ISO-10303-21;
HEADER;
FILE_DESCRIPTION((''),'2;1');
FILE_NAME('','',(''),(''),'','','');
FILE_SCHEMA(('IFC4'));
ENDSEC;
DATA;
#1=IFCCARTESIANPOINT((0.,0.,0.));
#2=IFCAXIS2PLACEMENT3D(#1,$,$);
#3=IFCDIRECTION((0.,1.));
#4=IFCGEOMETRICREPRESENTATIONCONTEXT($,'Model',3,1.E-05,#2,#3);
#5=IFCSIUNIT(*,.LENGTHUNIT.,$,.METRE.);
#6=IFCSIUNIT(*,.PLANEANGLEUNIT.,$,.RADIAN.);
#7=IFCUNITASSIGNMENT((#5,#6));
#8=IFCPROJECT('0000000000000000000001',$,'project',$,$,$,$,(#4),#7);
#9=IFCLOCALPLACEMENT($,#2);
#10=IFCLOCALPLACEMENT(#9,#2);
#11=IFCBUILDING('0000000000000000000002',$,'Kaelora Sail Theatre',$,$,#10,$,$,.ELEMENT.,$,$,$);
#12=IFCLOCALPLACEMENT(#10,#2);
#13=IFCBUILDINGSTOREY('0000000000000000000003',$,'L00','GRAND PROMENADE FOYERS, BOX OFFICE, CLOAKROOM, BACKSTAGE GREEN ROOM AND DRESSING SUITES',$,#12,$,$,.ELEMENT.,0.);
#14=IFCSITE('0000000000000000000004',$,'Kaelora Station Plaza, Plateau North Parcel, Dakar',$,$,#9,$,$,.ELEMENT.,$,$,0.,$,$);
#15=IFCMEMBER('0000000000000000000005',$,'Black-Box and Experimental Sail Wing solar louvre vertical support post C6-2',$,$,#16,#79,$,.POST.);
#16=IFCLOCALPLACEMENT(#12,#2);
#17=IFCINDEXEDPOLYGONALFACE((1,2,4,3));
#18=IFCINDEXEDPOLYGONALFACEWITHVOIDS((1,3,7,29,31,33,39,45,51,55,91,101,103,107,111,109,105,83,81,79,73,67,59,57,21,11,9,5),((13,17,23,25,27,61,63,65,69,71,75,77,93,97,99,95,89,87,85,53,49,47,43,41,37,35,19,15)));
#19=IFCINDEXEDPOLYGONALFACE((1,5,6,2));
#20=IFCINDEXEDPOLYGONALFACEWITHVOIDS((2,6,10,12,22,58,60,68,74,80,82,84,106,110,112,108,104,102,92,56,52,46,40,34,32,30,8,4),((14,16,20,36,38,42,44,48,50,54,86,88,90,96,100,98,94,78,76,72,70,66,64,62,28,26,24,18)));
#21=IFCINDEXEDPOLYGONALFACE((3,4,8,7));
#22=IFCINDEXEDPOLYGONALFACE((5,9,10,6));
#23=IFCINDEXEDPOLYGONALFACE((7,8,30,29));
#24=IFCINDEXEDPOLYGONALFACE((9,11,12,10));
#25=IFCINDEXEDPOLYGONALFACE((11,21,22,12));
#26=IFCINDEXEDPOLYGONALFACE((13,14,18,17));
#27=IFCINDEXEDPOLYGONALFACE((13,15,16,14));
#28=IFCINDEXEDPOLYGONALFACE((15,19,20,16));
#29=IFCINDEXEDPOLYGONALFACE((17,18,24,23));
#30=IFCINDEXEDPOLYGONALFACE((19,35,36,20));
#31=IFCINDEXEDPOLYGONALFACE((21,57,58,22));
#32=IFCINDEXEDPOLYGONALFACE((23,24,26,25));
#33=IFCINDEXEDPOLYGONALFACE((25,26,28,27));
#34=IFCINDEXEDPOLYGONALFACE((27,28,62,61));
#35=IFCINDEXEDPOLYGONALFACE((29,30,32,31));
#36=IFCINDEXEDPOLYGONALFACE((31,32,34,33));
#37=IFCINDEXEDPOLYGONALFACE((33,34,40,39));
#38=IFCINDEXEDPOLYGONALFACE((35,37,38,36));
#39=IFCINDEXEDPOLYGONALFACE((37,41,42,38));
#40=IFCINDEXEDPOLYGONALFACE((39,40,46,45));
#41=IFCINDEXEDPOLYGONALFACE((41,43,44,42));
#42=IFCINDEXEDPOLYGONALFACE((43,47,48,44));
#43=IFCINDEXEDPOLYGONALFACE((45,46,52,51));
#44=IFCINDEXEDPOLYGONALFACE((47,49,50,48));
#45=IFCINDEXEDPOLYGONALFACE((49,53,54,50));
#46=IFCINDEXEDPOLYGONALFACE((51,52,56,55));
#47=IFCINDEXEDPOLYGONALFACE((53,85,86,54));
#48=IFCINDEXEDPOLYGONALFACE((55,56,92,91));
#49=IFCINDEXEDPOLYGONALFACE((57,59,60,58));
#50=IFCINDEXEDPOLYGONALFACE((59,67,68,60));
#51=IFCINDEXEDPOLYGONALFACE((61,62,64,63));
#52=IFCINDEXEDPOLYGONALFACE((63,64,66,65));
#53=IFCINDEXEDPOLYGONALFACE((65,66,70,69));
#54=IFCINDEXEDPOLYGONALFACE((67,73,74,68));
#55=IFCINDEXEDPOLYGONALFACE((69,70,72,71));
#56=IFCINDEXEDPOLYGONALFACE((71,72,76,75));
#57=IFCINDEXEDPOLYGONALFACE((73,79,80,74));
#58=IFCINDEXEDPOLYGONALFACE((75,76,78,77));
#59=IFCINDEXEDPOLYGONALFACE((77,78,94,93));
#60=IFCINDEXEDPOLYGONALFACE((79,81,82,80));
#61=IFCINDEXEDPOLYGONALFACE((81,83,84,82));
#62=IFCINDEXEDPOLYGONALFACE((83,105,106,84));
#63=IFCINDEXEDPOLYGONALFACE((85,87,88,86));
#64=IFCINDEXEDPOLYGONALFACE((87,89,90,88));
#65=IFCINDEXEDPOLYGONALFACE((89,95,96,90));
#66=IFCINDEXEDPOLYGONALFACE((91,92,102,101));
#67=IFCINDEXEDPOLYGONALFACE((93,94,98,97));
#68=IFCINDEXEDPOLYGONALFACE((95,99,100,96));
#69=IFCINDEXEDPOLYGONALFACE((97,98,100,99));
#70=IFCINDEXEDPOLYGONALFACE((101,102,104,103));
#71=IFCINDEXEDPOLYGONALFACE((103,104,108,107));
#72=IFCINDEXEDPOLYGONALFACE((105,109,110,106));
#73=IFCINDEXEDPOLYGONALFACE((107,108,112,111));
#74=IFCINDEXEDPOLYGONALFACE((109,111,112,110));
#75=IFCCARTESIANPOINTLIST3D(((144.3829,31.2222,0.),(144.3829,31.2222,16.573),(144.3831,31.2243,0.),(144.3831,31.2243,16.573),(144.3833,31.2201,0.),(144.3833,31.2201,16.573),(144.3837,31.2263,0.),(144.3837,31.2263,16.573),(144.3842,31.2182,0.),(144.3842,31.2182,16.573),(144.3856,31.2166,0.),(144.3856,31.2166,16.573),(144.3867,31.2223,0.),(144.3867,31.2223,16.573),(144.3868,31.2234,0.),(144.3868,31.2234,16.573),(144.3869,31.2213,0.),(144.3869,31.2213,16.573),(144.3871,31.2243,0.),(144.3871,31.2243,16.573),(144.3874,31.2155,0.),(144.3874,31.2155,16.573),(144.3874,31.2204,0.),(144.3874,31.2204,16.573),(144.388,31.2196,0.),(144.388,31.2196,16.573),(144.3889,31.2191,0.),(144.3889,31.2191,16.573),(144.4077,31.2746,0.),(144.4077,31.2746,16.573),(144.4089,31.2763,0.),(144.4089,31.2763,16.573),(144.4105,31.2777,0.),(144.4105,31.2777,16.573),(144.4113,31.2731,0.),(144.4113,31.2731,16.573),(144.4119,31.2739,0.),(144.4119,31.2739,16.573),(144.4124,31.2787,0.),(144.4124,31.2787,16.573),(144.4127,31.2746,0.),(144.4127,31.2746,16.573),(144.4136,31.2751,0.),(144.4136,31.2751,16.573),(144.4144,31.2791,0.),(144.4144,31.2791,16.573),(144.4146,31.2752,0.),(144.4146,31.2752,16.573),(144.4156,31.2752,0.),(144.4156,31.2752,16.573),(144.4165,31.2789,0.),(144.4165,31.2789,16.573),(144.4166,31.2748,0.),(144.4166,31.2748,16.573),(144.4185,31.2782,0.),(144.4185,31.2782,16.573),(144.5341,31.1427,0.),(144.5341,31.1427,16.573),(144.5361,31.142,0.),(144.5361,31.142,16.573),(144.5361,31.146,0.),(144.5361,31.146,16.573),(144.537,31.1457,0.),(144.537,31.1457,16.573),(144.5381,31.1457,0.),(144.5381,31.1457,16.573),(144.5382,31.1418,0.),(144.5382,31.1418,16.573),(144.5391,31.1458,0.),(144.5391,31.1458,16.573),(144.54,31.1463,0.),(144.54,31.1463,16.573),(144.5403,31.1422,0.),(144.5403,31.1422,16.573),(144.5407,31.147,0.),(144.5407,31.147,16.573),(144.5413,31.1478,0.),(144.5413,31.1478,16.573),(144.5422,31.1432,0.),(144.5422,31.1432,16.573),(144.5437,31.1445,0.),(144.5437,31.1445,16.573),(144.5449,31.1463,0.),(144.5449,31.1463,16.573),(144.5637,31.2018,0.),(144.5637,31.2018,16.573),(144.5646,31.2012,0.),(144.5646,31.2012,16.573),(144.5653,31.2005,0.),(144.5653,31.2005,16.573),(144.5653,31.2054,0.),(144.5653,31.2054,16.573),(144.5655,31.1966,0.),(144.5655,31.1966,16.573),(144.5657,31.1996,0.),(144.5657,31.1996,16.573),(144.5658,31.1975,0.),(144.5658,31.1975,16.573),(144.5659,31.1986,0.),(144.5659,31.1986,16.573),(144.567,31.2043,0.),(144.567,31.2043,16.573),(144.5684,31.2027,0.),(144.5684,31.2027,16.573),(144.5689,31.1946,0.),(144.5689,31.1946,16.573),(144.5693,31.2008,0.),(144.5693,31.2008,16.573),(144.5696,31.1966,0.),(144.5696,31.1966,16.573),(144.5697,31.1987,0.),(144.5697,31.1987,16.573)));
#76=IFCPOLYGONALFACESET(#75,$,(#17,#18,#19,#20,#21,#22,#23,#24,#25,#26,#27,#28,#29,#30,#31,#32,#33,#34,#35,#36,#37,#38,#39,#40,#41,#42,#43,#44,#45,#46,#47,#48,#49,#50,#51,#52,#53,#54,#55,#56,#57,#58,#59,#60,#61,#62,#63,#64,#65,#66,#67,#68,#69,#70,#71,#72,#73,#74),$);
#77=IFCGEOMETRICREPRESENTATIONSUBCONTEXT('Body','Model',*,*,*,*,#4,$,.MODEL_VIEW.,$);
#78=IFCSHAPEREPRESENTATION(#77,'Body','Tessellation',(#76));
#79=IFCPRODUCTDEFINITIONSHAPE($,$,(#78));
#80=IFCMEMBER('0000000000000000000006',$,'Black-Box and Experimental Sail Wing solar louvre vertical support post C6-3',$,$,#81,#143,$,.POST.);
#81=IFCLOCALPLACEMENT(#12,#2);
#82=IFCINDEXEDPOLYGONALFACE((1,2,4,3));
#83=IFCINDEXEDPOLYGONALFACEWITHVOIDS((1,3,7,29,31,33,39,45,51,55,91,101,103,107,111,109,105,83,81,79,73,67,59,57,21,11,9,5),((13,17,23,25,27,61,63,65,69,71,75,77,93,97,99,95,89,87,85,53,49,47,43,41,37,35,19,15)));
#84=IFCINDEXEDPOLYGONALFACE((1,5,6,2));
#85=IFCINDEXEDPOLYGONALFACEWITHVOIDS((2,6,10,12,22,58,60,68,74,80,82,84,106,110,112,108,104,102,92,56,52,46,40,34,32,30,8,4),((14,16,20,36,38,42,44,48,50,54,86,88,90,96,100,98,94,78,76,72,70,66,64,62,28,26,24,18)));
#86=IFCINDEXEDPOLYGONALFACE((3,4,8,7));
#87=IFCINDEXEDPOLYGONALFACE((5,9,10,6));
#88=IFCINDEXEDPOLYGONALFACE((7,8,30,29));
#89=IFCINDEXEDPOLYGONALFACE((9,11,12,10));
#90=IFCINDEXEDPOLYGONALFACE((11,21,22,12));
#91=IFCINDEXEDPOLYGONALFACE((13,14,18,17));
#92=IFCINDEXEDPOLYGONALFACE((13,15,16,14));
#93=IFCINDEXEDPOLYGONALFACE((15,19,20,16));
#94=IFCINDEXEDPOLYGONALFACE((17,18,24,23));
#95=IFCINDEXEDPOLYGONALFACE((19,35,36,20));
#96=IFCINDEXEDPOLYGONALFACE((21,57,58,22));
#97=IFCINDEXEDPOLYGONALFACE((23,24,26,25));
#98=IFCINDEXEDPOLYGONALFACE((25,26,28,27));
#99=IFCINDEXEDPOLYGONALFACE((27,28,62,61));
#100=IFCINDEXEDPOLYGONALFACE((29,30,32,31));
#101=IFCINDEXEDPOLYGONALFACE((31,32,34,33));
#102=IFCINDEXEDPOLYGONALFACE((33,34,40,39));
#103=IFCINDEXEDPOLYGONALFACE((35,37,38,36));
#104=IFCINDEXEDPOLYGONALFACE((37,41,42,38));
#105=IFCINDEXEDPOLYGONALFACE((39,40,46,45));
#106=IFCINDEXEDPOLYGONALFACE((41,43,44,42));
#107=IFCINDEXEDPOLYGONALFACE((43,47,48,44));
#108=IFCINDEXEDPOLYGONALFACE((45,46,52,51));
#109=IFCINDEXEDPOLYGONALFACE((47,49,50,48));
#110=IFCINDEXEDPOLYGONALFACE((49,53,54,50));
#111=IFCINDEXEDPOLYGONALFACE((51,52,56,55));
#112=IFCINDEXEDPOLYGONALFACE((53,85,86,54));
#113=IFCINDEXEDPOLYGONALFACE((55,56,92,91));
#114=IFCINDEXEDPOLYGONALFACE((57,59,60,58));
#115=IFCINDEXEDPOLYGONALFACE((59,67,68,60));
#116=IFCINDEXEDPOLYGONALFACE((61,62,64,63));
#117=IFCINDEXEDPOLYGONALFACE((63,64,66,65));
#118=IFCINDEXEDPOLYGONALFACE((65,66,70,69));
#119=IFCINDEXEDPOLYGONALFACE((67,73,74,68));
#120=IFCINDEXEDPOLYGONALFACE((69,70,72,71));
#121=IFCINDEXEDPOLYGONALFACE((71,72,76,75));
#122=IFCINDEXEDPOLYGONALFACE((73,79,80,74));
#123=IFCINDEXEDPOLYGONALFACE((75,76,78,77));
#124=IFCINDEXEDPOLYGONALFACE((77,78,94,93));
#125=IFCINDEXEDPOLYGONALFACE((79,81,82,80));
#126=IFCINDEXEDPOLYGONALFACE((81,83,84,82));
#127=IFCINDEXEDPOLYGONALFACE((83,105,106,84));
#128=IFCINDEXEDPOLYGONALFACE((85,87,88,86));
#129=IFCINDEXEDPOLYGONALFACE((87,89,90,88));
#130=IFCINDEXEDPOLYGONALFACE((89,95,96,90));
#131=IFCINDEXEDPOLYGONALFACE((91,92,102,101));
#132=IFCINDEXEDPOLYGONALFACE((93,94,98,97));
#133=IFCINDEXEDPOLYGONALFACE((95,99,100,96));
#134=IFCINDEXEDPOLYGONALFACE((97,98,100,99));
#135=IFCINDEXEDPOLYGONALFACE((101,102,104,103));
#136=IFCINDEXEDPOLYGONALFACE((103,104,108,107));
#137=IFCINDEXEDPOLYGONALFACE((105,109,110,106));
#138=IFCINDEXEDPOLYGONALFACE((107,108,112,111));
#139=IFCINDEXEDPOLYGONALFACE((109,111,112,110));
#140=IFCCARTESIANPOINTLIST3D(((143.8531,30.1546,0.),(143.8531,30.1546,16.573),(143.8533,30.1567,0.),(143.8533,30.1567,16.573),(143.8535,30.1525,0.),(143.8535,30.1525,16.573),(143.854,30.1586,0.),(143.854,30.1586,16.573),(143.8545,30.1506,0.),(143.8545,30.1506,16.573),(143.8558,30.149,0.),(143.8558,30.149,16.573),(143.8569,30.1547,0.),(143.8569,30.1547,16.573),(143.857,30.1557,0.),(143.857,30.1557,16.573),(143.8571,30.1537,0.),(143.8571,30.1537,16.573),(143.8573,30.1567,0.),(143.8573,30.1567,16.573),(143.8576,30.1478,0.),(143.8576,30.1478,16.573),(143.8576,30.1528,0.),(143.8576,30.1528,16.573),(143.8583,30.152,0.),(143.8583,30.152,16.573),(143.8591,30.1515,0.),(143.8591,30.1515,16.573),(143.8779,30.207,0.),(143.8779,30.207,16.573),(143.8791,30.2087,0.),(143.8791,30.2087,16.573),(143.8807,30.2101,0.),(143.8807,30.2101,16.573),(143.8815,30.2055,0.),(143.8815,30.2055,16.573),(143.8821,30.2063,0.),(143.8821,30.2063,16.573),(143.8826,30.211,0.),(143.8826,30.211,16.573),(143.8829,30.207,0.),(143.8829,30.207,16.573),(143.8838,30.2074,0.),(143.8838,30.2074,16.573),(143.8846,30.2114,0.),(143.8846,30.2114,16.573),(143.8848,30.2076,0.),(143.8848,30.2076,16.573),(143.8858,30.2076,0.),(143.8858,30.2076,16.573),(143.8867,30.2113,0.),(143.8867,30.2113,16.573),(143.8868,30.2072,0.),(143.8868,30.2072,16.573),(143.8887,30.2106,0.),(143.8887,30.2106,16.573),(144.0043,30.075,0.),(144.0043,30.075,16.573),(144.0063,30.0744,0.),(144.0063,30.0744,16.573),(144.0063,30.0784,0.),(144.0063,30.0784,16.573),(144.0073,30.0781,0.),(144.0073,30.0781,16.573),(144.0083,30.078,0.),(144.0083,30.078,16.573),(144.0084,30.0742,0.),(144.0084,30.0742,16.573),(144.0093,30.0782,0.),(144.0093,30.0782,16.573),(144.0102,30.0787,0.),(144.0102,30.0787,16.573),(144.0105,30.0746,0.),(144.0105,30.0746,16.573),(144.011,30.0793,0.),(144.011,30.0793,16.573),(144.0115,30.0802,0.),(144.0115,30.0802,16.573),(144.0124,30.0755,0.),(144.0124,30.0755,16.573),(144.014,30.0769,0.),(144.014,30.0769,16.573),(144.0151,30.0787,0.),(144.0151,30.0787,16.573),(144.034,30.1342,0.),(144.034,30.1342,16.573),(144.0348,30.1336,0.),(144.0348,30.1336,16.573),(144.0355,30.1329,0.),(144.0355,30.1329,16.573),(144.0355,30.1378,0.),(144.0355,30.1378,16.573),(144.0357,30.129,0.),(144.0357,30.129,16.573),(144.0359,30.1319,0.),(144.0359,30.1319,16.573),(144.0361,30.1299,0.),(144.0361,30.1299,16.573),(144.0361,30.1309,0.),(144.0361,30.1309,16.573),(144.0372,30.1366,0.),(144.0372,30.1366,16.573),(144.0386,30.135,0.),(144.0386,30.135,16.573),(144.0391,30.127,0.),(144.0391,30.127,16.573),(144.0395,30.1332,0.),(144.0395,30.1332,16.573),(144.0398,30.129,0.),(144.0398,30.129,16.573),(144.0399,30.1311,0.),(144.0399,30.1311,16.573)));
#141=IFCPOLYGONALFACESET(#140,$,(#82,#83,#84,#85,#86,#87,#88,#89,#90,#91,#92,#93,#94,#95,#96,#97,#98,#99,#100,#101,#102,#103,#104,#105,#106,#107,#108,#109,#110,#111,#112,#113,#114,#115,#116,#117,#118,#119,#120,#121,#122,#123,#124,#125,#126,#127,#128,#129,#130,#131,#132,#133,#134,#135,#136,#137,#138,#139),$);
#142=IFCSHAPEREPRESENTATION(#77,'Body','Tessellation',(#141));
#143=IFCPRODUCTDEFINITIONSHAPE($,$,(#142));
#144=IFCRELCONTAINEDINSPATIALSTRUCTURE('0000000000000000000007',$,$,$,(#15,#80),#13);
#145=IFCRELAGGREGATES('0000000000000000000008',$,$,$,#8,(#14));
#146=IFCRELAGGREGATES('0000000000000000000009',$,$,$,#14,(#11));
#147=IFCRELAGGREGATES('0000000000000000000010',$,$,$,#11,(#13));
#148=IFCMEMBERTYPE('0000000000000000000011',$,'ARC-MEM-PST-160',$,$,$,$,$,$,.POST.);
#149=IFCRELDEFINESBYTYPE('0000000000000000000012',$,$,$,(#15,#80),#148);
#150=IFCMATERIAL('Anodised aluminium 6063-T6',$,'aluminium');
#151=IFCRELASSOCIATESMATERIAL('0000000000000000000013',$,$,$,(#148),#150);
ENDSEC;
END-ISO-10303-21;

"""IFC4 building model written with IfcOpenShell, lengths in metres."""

from ifc_helpers import new_model, si_unit, direction, frame, origin, origin_2d, place, context, subcontext, project, spatial, hollow_rectangle, extrude, material, material_profile, profile_set, type_object, element, save


model = new_model("IFC4")

# Units and contexts
model_context = context("Model", 3, precision=1e-05, world=origin(), true_north=direction((0.0, 1.0)))
body_context = subcontext(model_context, "Body", "Model", "MODEL_VIEW")
ifc_project = project(units=[si_unit("LENGTHUNIT", "METRE"), si_unit("PLANEANGLEUNIT", "RADIAN")], contexts=[model_context])

# Site, building, storey
site_placement = place(None, origin())
site = spatial("IfcSite", under=ifc_project, at=site_placement, Name="Kaelora Station Plaza, Plateau North Parcel, Dakar", CompositionType="ELEMENT", RefElevation=0.0)
building_placement = place(site_placement, origin())
building = spatial("IfcBuilding", under=site, at=building_placement, Name="Kaelora Sail Theatre", CompositionType="ELEMENT")
storey_placement = place(building_placement, origin())
storey = spatial("IfcBuildingStorey", under=building, at=storey_placement, Name="L00", Description="GRAND PROMENADE FOYERS, BOX OFFICE, CLOAKROOM, BACKSTAGE GREEN ROOM AND DRESSING SUITES", CompositionType="ELEMENT", Elevation=0.0)

# Members
ifc_material_1 = material(Name="Anodised aluminium 6063-T6", Category="aluminium")
ifc_material_profile_1 = material_profile(ifc_material_1, hollow_rectangle(XDim=0.0701, YDim=0.1799, WallThickness=0.0039, InnerFilletRadius=0.0039, OuterFilletRadius=0.0081, at=origin_2d()), Name="ALU-MULL 70x180x4")
ifc_profile_set_1 = profile_set([ifc_material_profile_1], Name="Anodised aluminium 6063-T6")
member_type_1 = type_object("IfcMemberType", Name="ARC-MEM-PST-160", PredefinedType="POST", material=ifc_profile_set_1)
for number, where, z_axis, x_axis, name in (
    (1, (144.4763, 31.2104, 0.0), (0.0, 0.0, 1.0), (-0.444479, -0.895789, 0.0), "Black-Box and Experimental Sail Wing solar louvre vertical support post C6-2"),
    (2, (143.9465, 30.1428, 0.0), (0.0, 0.0, 1.0), (-0.444479, -0.895789, 0.0), "Black-Box and Experimental Sail Wing solar louvre vertical support post C6-3"),
):
    element("IfcMember", number, at=place(storey_placement, frame(where, z_axis=z_axis, x_axis=x_axis)), inside=storey, type_object=member_type_1, Name=name, PredefinedType="POST", context=body_context, shape_type="SweptSolid", body=[
        extrude(hollow_rectangle(XDim=0.0701, YDim=0.1799, WallThickness=0.0039, InnerFilletRadius=0.0039, OuterFilletRadius=0.0081, at=origin_2d()), origin(), (0.0, 0.0, 1.0), 16.573),
    ])

save(model, "model.ifc")
